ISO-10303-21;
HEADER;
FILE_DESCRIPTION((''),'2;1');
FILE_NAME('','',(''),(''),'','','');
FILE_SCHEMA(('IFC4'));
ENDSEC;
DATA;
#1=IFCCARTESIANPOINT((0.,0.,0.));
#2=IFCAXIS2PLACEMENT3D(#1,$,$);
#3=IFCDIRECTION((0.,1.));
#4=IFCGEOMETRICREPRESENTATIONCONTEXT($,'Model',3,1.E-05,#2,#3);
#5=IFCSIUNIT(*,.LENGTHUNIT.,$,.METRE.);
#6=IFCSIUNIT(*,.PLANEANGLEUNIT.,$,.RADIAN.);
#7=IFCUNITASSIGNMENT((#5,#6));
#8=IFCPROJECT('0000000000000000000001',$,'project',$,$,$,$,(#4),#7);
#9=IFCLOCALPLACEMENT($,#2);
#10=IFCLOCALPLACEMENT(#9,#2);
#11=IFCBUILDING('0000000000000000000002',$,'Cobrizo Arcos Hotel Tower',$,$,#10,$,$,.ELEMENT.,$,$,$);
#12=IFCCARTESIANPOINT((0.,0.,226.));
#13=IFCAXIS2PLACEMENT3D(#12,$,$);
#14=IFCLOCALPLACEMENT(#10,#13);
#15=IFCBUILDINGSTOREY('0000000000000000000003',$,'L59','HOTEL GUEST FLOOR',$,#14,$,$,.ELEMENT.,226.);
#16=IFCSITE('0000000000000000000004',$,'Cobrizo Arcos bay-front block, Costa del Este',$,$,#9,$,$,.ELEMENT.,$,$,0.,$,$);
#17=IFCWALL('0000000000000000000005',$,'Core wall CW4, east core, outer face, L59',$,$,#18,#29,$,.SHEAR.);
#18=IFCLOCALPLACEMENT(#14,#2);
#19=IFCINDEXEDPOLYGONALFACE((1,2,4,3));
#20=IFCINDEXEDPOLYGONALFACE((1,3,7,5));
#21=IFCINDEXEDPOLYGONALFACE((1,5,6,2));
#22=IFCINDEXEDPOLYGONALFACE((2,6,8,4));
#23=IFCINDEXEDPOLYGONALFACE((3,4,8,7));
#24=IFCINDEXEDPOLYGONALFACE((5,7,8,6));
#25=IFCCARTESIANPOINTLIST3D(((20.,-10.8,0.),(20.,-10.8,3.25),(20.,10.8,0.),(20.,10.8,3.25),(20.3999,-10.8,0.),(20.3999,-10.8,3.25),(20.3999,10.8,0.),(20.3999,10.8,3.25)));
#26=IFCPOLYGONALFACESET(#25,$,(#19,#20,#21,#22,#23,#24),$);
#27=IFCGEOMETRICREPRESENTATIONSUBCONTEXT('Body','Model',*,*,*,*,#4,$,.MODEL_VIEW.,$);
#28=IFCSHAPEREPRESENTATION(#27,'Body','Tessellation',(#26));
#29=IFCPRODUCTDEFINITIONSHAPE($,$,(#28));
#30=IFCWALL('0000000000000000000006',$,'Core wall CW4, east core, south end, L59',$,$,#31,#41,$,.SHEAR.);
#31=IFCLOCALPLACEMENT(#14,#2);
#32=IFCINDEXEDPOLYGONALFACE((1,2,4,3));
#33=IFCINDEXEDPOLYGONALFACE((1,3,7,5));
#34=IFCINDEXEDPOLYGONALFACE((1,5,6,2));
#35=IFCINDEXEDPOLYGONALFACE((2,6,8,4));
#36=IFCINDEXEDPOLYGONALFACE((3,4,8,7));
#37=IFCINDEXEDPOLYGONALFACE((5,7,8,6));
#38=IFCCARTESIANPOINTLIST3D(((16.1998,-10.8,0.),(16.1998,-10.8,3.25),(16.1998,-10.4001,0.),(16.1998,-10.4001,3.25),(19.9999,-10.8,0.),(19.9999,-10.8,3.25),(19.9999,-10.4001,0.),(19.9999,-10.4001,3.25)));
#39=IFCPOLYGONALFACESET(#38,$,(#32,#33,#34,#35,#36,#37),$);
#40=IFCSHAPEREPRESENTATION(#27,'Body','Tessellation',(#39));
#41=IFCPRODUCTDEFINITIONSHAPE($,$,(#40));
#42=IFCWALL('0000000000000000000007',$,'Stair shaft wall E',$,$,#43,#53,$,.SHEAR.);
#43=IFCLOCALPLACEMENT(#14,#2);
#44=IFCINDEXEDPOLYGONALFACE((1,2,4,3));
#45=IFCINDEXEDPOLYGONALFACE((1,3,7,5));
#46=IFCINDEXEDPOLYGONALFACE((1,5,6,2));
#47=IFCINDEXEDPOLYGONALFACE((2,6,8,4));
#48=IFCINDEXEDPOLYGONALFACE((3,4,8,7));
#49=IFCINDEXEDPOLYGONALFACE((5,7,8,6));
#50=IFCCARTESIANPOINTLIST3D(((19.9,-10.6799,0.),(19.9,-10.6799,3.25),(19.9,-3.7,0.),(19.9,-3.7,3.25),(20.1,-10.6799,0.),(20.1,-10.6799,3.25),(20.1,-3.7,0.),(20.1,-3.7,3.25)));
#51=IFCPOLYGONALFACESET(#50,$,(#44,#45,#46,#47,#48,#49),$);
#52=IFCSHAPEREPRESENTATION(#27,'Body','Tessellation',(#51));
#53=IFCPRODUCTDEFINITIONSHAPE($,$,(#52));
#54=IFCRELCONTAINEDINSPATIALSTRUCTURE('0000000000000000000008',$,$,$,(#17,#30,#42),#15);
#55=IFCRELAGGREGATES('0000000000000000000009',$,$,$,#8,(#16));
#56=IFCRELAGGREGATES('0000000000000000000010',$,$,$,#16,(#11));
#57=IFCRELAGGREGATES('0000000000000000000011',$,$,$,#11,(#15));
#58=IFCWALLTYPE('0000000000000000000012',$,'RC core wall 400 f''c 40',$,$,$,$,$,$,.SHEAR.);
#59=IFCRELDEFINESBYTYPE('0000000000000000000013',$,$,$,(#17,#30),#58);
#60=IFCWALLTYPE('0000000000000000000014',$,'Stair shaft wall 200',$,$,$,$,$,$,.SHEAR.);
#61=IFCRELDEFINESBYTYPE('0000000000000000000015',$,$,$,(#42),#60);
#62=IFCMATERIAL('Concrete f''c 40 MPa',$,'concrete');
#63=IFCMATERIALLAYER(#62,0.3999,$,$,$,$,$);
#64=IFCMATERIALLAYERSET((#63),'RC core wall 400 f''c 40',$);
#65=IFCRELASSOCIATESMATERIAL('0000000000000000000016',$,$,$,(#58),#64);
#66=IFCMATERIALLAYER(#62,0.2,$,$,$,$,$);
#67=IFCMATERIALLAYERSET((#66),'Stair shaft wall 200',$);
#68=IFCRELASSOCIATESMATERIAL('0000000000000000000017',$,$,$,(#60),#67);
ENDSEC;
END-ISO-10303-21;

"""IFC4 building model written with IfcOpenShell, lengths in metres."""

from ifc_helpers import new_model, si_unit, direction, frame, frame_2d, origin, place, context, subcontext, project, spatial, rectangle, extrude, material, layer, layer_set, type_object, element, save


model = new_model("IFC4")

# Units and contexts
model_context = context("Model", 3, precision=1e-05, world=origin(), true_north=direction((0.0, 1.0)))
body_context = subcontext(model_context, "Body", "Model", "MODEL_VIEW")
ifc_project = project(units=[si_unit("LENGTHUNIT", "METRE"), si_unit("PLANEANGLEUNIT", "RADIAN")], contexts=[model_context])

# Site, building, storey
site_placement = place(None, origin())
site = spatial("IfcSite", under=ifc_project, at=site_placement, Name="Cobrizo Arcos bay-front block, Costa del Este", CompositionType="ELEMENT", RefElevation=0.0)
building_placement = place(site_placement, origin())
building = spatial("IfcBuilding", under=site, at=building_placement, Name="Cobrizo Arcos Hotel Tower", CompositionType="ELEMENT")
storey_placement = place(building_placement, frame((0.0, 0.0, 226.0)))
storey = spatial("IfcBuildingStorey", under=building, at=storey_placement, Name="L59", Description="HOTEL GUEST FLOOR", CompositionType="ELEMENT", Elevation=226.0)

# Shared definitions
ifc_material_1 = material(Name="Concrete f'c 40 MPa", Category="concrete")
ifc_layer_1 = layer(ifc_material_1, 0.3999)
ifc_layer_set_1 = layer_set([ifc_layer_1], Name="RC core wall 400 f'c 40")
wall_type_1 = type_object("IfcWallType", Name="RC core wall 400 f'c 40", PredefinedType="SHEAR", material=ifc_layer_set_1)

# Walls
wall_1_placement = place(storey_placement, frame((20.2, -10.8, 0.0), z_axis=(0.0, 0.0, 1.0), x_axis=(0.0, 1.0, 0.0)))
element("IfcWall", 1, at=wall_1_placement, inside=storey, type_object=wall_type_1, Name="Core wall CW4, east core, outer face, L59", PredefinedType="SHEAR", context=body_context, shape_type="SweptSolid", body=[
    extrude(rectangle(XDim=21.6001, YDim=0.3999, at=frame_2d((10.8, 0.0))), origin(), (0.0, 0.0, 1.0), 3.25),
])
wall_2_placement = place(storey_placement, frame((16.2, -10.6001, 0.0), z_axis=(0.0, 0.0, 1.0), x_axis=(1.0, 0.0, 0.0)))
element("IfcWall", 2, at=wall_2_placement, inside=storey, type_object=wall_type_1, Name="Core wall CW4, east core, south end, L59", PredefinedType="SHEAR", context=body_context, shape_type="SweptSolid", body=[
    extrude(rectangle(XDim=3.8, YDim=0.3999, at=frame_2d((1.8999, 0.0))), origin(), (0.0, 0.0, 1.0), 3.25),
])
ifc_layer_2 = layer(ifc_material_1, 0.2)
ifc_layer_set_2 = layer_set([ifc_layer_2], Name="Stair shaft wall 200")
wall_type_2 = type_object("IfcWallType", Name="Stair shaft wall 200", PredefinedType="SHEAR", material=ifc_layer_set_2)
wall_3_placement = place(storey_placement, frame((20.0, -10.6799, 0.0), z_axis=(0.0, 0.0, 1.0), x_axis=(0.0, 1.0, 0.0)))
element("IfcWall", 3, at=wall_3_placement, inside=storey, type_object=wall_type_2, Name="Stair shaft wall E", PredefinedType="SHEAR", context=body_context, shape_type="SweptSolid", body=[
    extrude(rectangle(XDim=6.98, YDim=0.2, at=frame_2d((3.49, 0.0))), origin(), (0.0, 0.0, 1.0), 3.25),
])

save(model, "model.ifc")
